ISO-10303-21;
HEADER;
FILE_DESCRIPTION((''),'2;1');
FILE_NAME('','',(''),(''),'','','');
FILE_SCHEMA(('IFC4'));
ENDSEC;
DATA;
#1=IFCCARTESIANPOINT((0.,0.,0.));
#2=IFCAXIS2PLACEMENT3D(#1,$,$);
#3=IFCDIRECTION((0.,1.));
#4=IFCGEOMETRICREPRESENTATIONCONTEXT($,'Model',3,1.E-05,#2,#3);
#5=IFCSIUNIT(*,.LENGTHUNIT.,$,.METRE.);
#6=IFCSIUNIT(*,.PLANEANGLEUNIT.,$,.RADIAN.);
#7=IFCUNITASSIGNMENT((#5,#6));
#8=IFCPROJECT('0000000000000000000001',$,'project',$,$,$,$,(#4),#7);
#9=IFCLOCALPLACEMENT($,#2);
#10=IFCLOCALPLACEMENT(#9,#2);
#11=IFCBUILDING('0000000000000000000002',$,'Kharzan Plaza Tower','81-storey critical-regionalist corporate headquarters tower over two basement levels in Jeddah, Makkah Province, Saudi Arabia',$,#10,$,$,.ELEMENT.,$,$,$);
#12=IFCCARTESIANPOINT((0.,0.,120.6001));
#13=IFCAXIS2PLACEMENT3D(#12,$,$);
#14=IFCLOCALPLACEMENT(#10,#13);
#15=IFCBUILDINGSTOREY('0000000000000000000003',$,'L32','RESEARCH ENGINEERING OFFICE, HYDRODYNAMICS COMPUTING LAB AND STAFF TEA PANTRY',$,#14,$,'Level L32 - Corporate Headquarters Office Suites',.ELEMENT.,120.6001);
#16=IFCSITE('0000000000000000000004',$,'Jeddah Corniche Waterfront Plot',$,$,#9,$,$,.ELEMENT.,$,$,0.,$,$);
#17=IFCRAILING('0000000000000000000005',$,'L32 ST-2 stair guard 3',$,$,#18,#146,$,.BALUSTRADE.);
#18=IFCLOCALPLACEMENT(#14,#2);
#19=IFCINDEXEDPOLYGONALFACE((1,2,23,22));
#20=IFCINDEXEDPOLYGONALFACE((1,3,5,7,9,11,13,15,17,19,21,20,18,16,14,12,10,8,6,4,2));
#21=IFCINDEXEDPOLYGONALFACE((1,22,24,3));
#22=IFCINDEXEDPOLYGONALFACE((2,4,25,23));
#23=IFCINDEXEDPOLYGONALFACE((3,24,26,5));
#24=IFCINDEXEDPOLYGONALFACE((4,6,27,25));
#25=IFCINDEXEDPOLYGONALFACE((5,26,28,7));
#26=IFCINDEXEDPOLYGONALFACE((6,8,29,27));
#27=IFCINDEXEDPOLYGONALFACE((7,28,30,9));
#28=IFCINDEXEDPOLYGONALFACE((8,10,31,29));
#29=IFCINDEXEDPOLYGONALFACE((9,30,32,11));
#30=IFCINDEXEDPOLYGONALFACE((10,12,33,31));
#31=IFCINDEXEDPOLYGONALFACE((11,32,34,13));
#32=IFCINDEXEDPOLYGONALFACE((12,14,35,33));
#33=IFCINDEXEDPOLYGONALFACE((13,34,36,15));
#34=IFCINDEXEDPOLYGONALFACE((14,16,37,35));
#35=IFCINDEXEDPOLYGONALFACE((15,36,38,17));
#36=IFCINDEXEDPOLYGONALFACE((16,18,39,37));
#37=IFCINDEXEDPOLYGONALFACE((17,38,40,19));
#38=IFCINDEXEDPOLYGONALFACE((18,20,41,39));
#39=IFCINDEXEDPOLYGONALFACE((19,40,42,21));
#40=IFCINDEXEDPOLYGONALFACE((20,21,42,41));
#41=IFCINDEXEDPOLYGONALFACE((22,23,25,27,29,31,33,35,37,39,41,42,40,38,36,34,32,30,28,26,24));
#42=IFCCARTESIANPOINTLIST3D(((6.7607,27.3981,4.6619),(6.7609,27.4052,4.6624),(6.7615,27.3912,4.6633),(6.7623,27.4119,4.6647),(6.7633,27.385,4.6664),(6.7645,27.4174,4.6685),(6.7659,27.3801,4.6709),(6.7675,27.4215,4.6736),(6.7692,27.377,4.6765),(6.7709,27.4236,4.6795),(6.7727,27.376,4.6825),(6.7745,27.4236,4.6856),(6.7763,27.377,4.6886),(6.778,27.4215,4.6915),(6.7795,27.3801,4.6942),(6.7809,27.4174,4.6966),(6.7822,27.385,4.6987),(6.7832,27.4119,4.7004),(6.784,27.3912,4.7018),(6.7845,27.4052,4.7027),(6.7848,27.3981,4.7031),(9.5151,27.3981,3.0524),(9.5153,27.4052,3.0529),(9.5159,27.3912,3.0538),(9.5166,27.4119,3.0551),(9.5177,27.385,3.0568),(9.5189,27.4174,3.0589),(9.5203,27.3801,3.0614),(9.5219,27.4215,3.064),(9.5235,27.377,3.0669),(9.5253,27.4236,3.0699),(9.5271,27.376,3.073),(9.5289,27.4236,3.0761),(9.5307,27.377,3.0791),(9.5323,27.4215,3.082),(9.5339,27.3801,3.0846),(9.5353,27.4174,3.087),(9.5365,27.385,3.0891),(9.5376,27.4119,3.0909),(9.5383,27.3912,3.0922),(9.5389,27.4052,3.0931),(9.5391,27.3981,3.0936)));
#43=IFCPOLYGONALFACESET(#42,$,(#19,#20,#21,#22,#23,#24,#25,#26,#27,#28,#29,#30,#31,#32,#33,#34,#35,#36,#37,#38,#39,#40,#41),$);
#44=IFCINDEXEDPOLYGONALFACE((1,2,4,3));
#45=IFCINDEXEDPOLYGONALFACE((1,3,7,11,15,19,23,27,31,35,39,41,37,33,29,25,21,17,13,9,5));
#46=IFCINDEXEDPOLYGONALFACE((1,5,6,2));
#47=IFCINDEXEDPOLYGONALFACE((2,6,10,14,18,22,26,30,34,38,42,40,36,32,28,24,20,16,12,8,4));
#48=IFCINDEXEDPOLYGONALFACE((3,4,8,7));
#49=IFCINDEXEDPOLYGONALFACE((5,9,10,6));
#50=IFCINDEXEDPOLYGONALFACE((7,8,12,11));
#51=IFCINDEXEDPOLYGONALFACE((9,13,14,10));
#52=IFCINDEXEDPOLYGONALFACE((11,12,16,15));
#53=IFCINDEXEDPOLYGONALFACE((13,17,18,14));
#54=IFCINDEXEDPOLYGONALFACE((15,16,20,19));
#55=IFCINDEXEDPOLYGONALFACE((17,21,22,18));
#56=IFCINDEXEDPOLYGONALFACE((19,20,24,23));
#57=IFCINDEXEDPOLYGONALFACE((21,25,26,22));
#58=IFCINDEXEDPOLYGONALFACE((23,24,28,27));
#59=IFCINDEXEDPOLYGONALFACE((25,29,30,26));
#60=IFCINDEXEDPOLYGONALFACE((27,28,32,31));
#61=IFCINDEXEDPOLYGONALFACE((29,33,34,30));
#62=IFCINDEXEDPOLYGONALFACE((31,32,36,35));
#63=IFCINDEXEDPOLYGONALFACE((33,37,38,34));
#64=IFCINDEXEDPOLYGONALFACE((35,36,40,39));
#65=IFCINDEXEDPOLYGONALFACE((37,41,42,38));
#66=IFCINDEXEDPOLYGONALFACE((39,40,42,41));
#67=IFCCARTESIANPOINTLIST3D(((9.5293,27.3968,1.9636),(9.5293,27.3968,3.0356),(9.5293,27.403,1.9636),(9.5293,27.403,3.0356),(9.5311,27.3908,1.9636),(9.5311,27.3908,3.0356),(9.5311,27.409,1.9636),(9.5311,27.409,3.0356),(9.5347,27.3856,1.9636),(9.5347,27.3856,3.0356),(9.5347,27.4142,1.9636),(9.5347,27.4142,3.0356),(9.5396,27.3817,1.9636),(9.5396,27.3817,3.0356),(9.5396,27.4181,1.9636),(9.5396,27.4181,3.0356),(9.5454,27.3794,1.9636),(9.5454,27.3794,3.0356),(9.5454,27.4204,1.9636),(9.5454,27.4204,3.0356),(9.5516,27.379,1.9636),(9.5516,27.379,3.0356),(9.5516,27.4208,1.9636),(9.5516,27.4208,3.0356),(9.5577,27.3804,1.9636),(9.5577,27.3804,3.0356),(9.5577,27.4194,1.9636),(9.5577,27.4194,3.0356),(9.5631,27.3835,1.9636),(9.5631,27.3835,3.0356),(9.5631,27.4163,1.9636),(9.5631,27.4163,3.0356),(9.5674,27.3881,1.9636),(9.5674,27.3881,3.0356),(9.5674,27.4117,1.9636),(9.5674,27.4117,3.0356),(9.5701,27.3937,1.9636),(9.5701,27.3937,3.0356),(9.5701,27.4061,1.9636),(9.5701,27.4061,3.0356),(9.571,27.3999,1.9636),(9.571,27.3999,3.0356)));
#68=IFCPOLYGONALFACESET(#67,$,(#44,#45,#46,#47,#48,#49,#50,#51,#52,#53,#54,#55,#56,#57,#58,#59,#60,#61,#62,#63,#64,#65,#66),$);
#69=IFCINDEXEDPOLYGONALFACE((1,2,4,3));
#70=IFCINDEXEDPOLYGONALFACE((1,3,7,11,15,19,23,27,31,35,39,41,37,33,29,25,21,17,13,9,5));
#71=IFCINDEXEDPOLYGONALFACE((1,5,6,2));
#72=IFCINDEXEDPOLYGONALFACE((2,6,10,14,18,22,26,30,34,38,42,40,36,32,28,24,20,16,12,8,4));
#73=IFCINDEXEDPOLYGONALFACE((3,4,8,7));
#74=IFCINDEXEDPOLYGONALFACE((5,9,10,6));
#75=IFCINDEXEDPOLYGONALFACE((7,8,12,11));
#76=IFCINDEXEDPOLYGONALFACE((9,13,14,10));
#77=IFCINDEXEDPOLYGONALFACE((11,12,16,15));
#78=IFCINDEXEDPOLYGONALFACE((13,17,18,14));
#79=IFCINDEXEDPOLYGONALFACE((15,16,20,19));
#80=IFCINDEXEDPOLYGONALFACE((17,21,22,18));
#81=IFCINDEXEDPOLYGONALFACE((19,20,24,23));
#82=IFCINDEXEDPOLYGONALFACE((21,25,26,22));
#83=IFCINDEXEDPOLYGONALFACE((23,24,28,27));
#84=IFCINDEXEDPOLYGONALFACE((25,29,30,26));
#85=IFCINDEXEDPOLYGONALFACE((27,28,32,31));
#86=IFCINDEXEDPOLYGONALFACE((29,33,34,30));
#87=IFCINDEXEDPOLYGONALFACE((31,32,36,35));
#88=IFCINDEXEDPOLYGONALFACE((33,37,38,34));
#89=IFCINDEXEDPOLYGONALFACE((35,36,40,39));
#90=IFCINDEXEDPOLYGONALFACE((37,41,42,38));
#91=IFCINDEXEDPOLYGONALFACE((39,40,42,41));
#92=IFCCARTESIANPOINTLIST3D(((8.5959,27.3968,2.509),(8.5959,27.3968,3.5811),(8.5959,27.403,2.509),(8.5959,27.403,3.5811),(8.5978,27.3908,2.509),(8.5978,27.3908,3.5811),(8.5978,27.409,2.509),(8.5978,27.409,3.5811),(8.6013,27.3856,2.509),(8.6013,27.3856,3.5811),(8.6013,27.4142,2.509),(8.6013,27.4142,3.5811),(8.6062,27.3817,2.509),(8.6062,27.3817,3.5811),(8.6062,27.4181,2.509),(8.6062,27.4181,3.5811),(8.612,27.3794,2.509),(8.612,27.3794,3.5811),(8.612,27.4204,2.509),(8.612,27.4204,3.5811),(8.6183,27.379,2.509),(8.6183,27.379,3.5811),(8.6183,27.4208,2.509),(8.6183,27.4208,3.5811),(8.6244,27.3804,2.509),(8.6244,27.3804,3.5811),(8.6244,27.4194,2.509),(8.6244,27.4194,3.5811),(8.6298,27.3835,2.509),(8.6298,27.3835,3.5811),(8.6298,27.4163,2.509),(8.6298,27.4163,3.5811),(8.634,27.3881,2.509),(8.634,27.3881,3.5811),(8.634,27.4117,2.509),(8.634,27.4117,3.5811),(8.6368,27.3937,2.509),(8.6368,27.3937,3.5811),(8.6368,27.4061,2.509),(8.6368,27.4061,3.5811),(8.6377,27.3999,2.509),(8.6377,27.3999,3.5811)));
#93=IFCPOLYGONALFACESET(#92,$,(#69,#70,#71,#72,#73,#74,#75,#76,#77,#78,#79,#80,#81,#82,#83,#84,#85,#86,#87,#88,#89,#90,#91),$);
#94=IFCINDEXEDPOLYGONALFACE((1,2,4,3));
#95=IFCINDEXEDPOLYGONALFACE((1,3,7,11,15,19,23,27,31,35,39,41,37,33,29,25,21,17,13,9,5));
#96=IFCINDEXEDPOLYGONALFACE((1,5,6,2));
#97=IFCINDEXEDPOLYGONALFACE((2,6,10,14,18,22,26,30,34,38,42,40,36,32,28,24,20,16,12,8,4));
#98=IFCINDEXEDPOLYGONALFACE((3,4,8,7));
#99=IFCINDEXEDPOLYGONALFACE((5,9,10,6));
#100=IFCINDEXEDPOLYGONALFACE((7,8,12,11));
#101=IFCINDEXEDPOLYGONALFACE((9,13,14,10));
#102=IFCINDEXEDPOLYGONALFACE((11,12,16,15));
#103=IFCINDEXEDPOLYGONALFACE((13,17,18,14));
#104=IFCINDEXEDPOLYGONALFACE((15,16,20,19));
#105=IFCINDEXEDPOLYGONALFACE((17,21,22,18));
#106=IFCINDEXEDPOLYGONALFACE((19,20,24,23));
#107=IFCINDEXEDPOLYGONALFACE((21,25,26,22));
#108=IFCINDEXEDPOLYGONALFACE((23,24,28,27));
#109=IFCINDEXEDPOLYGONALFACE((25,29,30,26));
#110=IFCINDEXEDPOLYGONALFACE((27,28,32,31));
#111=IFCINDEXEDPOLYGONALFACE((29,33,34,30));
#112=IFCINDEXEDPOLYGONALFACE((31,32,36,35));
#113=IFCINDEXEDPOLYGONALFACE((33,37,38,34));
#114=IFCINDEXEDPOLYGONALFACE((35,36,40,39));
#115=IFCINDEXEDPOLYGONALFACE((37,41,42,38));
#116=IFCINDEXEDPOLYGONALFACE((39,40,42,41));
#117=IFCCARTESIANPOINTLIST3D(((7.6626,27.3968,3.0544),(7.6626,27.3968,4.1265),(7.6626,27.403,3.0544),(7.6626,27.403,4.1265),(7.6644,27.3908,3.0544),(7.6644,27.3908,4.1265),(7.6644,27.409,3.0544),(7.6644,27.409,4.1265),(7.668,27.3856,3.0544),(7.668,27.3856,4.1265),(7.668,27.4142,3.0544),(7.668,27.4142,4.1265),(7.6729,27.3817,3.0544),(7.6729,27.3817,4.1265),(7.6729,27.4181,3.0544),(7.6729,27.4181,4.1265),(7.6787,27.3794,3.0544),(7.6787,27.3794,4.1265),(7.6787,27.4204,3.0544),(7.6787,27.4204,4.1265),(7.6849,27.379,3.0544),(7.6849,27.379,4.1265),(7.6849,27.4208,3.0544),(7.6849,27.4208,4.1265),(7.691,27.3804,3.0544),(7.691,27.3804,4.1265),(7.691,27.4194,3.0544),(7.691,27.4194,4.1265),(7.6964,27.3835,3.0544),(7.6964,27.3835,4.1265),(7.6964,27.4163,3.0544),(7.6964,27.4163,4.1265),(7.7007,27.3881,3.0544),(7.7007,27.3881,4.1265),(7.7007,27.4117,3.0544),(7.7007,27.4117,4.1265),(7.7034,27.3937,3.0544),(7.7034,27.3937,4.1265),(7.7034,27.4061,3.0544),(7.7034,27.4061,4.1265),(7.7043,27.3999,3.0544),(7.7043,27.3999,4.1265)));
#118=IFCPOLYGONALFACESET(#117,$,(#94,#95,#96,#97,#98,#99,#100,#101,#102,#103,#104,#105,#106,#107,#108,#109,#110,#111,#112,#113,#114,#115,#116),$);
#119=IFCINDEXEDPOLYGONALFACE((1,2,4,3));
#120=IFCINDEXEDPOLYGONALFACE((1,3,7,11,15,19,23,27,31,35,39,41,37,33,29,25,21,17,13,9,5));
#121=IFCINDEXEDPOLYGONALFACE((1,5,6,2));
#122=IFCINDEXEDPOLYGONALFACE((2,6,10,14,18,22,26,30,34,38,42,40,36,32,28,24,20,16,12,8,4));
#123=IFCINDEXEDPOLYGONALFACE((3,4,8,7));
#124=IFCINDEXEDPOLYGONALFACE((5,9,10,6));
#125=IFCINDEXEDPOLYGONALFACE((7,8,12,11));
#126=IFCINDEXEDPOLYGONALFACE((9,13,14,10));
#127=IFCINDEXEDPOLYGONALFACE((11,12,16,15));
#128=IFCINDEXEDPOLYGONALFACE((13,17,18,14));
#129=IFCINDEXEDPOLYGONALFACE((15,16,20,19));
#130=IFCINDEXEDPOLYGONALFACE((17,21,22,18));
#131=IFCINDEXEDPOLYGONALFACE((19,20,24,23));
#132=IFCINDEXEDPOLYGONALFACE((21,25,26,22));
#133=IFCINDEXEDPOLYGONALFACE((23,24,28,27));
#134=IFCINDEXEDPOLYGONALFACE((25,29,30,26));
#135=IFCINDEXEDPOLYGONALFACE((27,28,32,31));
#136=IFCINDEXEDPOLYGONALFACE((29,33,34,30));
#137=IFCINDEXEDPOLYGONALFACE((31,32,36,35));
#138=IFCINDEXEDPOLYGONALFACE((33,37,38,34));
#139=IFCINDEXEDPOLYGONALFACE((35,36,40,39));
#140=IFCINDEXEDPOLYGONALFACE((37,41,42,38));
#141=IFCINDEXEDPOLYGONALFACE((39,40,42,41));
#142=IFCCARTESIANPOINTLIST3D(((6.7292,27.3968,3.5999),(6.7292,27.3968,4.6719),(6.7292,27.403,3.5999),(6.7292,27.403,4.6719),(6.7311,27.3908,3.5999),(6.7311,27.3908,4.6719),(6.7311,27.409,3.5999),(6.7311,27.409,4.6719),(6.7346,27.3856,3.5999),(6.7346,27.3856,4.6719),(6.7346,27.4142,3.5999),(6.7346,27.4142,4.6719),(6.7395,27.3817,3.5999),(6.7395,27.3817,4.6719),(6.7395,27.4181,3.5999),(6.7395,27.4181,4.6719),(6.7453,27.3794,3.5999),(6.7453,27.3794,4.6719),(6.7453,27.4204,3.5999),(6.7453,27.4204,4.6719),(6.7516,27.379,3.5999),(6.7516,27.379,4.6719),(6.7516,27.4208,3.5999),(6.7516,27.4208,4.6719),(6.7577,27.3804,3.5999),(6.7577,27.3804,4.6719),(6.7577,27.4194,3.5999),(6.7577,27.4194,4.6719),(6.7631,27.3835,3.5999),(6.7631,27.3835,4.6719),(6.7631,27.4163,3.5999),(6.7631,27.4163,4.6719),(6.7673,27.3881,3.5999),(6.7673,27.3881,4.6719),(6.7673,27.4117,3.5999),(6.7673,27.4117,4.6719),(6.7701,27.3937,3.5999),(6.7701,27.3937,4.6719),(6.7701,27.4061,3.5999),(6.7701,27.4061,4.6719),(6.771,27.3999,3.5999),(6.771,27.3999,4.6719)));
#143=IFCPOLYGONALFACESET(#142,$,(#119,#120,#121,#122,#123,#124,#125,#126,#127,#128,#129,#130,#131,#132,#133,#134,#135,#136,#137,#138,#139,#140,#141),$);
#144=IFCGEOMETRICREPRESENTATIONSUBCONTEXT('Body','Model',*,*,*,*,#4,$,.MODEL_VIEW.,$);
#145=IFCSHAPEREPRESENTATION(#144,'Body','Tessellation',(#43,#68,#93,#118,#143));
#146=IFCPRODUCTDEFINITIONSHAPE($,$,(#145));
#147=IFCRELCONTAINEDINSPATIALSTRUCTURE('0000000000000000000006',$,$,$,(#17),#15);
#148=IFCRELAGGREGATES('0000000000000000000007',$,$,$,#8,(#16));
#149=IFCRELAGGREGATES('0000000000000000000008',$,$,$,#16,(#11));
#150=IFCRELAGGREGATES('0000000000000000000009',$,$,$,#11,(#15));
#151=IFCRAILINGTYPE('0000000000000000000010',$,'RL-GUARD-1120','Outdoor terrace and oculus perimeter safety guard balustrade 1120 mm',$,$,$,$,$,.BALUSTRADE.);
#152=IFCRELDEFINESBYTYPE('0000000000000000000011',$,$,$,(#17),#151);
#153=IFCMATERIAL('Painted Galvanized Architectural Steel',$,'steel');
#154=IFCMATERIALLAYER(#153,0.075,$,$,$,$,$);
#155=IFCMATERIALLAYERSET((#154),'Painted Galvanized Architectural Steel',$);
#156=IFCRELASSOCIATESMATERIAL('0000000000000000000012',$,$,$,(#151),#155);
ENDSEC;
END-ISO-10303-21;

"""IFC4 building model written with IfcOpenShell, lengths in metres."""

from ifc_helpers import new_model, si_unit, direction, frame, origin, origin_2d, place, context, subcontext, project, spatial, circle, extrude, source, transform, mapped, material, layer, layer_set, type_object, element, save


model = new_model("IFC4")

# Units and contexts
model_context = context("Model", 3, precision=1e-05, world=origin(), true_north=direction((0.0, 1.0)))
body_context = subcontext(model_context, "Body", "Model", "MODEL_VIEW")
ifc_project = project(units=[si_unit("LENGTHUNIT", "METRE"), si_unit("PLANEANGLEUNIT", "RADIAN")], contexts=[model_context])

# Site, building, storey
site_placement = place(None, origin())
site = spatial("IfcSite", under=ifc_project, at=site_placement, Name="Jeddah Corniche Waterfront Plot", CompositionType="ELEMENT", RefElevation=0.0)
building_placement = place(site_placement, origin())
building = spatial("IfcBuilding", under=site, at=building_placement, Name="Kharzan Plaza Tower", Description="81-storey critical-regionalist corporate headquarters tower over two basement levels in Jeddah, Makkah Province, Saudi Arabia", CompositionType="ELEMENT")
storey_placement = place(building_placement, frame((0.0, 0.0, 120.6001)))
storey = spatial("IfcBuildingStorey", under=building, at=storey_placement, Name="L32", Description="RESEARCH ENGINEERING OFFICE, HYDRODYNAMICS COMPUTING LAB AND STAFF TEA PANTRY", LongName="Level L32 - Corporate Headquarters Office Suites", CompositionType="ELEMENT", Elevation=120.6001)

# Railing
ifc_material_1 = material(Name="Painted Galvanized Architectural Steel", Category="steel")
ifc_layer_1 = layer(ifc_material_1, 0.075)
ifc_layer_set_1 = layer_set([ifc_layer_1], Name="Painted Galvanized Architectural Steel")
railing_type_1 = type_object("IfcRailingType", Name="RL-GUARD-1120", Description="Outdoor terrace and oculus perimeter safety guard balustrade 1120 mm", PredefinedType="BALUSTRADE", material=ifc_layer_set_1)
shared_shape_1 = source(origin(), body_context, "Body", "SweptSolid", [
    extrude(circle(Radius=0.0239, at=origin_2d()), frame((-0.0229, 0.0, 1.1094), z_axis=(-0.863394, 0.0, 0.504531), x_axis=(0.0, -1.0, 0.0)), (0.0, 0.0, 1.0), 3.1902),
    extrude(circle(Radius=0.021, at=origin_2d()), origin(), (0.0, 0.0, 1.0), 1.072),
    extrude(circle(Radius=0.021, at=origin_2d()), frame((-0.9333, 0.0, 0.5454)), (0.0, 0.0, 1.0), 1.072),
    extrude(circle(Radius=0.021, at=origin_2d()), frame((-1.8667, 0.0, 1.0908)), (0.0, 0.0, 1.0), 1.072),
    extrude(circle(Radius=0.021, at=origin_2d()), frame((-2.8, 0.0, 1.6362)), (0.0, 0.0, 1.0), 1.072),
])
railing_1_placement = place(storey_placement, frame((9.55, 27.3999, 1.9636)))
element("IfcRailing", 1, at=railing_1_placement, inside=storey, type_object=railing_type_1, Name="L32 ST-2 stair guard 3", PredefinedType="BALUSTRADE", context=body_context, shape_type="MappedRepresentation", body=[
    mapped(shared_shape_1, transform((0.0, 0.0, 0.0), x_axis=(1.0, 0.0, 0.0), y_axis=(0.0, 1.0, 0.0), z_axis=(0.0, 0.0, 1.0))),
])

save(model, "model.ifc")
